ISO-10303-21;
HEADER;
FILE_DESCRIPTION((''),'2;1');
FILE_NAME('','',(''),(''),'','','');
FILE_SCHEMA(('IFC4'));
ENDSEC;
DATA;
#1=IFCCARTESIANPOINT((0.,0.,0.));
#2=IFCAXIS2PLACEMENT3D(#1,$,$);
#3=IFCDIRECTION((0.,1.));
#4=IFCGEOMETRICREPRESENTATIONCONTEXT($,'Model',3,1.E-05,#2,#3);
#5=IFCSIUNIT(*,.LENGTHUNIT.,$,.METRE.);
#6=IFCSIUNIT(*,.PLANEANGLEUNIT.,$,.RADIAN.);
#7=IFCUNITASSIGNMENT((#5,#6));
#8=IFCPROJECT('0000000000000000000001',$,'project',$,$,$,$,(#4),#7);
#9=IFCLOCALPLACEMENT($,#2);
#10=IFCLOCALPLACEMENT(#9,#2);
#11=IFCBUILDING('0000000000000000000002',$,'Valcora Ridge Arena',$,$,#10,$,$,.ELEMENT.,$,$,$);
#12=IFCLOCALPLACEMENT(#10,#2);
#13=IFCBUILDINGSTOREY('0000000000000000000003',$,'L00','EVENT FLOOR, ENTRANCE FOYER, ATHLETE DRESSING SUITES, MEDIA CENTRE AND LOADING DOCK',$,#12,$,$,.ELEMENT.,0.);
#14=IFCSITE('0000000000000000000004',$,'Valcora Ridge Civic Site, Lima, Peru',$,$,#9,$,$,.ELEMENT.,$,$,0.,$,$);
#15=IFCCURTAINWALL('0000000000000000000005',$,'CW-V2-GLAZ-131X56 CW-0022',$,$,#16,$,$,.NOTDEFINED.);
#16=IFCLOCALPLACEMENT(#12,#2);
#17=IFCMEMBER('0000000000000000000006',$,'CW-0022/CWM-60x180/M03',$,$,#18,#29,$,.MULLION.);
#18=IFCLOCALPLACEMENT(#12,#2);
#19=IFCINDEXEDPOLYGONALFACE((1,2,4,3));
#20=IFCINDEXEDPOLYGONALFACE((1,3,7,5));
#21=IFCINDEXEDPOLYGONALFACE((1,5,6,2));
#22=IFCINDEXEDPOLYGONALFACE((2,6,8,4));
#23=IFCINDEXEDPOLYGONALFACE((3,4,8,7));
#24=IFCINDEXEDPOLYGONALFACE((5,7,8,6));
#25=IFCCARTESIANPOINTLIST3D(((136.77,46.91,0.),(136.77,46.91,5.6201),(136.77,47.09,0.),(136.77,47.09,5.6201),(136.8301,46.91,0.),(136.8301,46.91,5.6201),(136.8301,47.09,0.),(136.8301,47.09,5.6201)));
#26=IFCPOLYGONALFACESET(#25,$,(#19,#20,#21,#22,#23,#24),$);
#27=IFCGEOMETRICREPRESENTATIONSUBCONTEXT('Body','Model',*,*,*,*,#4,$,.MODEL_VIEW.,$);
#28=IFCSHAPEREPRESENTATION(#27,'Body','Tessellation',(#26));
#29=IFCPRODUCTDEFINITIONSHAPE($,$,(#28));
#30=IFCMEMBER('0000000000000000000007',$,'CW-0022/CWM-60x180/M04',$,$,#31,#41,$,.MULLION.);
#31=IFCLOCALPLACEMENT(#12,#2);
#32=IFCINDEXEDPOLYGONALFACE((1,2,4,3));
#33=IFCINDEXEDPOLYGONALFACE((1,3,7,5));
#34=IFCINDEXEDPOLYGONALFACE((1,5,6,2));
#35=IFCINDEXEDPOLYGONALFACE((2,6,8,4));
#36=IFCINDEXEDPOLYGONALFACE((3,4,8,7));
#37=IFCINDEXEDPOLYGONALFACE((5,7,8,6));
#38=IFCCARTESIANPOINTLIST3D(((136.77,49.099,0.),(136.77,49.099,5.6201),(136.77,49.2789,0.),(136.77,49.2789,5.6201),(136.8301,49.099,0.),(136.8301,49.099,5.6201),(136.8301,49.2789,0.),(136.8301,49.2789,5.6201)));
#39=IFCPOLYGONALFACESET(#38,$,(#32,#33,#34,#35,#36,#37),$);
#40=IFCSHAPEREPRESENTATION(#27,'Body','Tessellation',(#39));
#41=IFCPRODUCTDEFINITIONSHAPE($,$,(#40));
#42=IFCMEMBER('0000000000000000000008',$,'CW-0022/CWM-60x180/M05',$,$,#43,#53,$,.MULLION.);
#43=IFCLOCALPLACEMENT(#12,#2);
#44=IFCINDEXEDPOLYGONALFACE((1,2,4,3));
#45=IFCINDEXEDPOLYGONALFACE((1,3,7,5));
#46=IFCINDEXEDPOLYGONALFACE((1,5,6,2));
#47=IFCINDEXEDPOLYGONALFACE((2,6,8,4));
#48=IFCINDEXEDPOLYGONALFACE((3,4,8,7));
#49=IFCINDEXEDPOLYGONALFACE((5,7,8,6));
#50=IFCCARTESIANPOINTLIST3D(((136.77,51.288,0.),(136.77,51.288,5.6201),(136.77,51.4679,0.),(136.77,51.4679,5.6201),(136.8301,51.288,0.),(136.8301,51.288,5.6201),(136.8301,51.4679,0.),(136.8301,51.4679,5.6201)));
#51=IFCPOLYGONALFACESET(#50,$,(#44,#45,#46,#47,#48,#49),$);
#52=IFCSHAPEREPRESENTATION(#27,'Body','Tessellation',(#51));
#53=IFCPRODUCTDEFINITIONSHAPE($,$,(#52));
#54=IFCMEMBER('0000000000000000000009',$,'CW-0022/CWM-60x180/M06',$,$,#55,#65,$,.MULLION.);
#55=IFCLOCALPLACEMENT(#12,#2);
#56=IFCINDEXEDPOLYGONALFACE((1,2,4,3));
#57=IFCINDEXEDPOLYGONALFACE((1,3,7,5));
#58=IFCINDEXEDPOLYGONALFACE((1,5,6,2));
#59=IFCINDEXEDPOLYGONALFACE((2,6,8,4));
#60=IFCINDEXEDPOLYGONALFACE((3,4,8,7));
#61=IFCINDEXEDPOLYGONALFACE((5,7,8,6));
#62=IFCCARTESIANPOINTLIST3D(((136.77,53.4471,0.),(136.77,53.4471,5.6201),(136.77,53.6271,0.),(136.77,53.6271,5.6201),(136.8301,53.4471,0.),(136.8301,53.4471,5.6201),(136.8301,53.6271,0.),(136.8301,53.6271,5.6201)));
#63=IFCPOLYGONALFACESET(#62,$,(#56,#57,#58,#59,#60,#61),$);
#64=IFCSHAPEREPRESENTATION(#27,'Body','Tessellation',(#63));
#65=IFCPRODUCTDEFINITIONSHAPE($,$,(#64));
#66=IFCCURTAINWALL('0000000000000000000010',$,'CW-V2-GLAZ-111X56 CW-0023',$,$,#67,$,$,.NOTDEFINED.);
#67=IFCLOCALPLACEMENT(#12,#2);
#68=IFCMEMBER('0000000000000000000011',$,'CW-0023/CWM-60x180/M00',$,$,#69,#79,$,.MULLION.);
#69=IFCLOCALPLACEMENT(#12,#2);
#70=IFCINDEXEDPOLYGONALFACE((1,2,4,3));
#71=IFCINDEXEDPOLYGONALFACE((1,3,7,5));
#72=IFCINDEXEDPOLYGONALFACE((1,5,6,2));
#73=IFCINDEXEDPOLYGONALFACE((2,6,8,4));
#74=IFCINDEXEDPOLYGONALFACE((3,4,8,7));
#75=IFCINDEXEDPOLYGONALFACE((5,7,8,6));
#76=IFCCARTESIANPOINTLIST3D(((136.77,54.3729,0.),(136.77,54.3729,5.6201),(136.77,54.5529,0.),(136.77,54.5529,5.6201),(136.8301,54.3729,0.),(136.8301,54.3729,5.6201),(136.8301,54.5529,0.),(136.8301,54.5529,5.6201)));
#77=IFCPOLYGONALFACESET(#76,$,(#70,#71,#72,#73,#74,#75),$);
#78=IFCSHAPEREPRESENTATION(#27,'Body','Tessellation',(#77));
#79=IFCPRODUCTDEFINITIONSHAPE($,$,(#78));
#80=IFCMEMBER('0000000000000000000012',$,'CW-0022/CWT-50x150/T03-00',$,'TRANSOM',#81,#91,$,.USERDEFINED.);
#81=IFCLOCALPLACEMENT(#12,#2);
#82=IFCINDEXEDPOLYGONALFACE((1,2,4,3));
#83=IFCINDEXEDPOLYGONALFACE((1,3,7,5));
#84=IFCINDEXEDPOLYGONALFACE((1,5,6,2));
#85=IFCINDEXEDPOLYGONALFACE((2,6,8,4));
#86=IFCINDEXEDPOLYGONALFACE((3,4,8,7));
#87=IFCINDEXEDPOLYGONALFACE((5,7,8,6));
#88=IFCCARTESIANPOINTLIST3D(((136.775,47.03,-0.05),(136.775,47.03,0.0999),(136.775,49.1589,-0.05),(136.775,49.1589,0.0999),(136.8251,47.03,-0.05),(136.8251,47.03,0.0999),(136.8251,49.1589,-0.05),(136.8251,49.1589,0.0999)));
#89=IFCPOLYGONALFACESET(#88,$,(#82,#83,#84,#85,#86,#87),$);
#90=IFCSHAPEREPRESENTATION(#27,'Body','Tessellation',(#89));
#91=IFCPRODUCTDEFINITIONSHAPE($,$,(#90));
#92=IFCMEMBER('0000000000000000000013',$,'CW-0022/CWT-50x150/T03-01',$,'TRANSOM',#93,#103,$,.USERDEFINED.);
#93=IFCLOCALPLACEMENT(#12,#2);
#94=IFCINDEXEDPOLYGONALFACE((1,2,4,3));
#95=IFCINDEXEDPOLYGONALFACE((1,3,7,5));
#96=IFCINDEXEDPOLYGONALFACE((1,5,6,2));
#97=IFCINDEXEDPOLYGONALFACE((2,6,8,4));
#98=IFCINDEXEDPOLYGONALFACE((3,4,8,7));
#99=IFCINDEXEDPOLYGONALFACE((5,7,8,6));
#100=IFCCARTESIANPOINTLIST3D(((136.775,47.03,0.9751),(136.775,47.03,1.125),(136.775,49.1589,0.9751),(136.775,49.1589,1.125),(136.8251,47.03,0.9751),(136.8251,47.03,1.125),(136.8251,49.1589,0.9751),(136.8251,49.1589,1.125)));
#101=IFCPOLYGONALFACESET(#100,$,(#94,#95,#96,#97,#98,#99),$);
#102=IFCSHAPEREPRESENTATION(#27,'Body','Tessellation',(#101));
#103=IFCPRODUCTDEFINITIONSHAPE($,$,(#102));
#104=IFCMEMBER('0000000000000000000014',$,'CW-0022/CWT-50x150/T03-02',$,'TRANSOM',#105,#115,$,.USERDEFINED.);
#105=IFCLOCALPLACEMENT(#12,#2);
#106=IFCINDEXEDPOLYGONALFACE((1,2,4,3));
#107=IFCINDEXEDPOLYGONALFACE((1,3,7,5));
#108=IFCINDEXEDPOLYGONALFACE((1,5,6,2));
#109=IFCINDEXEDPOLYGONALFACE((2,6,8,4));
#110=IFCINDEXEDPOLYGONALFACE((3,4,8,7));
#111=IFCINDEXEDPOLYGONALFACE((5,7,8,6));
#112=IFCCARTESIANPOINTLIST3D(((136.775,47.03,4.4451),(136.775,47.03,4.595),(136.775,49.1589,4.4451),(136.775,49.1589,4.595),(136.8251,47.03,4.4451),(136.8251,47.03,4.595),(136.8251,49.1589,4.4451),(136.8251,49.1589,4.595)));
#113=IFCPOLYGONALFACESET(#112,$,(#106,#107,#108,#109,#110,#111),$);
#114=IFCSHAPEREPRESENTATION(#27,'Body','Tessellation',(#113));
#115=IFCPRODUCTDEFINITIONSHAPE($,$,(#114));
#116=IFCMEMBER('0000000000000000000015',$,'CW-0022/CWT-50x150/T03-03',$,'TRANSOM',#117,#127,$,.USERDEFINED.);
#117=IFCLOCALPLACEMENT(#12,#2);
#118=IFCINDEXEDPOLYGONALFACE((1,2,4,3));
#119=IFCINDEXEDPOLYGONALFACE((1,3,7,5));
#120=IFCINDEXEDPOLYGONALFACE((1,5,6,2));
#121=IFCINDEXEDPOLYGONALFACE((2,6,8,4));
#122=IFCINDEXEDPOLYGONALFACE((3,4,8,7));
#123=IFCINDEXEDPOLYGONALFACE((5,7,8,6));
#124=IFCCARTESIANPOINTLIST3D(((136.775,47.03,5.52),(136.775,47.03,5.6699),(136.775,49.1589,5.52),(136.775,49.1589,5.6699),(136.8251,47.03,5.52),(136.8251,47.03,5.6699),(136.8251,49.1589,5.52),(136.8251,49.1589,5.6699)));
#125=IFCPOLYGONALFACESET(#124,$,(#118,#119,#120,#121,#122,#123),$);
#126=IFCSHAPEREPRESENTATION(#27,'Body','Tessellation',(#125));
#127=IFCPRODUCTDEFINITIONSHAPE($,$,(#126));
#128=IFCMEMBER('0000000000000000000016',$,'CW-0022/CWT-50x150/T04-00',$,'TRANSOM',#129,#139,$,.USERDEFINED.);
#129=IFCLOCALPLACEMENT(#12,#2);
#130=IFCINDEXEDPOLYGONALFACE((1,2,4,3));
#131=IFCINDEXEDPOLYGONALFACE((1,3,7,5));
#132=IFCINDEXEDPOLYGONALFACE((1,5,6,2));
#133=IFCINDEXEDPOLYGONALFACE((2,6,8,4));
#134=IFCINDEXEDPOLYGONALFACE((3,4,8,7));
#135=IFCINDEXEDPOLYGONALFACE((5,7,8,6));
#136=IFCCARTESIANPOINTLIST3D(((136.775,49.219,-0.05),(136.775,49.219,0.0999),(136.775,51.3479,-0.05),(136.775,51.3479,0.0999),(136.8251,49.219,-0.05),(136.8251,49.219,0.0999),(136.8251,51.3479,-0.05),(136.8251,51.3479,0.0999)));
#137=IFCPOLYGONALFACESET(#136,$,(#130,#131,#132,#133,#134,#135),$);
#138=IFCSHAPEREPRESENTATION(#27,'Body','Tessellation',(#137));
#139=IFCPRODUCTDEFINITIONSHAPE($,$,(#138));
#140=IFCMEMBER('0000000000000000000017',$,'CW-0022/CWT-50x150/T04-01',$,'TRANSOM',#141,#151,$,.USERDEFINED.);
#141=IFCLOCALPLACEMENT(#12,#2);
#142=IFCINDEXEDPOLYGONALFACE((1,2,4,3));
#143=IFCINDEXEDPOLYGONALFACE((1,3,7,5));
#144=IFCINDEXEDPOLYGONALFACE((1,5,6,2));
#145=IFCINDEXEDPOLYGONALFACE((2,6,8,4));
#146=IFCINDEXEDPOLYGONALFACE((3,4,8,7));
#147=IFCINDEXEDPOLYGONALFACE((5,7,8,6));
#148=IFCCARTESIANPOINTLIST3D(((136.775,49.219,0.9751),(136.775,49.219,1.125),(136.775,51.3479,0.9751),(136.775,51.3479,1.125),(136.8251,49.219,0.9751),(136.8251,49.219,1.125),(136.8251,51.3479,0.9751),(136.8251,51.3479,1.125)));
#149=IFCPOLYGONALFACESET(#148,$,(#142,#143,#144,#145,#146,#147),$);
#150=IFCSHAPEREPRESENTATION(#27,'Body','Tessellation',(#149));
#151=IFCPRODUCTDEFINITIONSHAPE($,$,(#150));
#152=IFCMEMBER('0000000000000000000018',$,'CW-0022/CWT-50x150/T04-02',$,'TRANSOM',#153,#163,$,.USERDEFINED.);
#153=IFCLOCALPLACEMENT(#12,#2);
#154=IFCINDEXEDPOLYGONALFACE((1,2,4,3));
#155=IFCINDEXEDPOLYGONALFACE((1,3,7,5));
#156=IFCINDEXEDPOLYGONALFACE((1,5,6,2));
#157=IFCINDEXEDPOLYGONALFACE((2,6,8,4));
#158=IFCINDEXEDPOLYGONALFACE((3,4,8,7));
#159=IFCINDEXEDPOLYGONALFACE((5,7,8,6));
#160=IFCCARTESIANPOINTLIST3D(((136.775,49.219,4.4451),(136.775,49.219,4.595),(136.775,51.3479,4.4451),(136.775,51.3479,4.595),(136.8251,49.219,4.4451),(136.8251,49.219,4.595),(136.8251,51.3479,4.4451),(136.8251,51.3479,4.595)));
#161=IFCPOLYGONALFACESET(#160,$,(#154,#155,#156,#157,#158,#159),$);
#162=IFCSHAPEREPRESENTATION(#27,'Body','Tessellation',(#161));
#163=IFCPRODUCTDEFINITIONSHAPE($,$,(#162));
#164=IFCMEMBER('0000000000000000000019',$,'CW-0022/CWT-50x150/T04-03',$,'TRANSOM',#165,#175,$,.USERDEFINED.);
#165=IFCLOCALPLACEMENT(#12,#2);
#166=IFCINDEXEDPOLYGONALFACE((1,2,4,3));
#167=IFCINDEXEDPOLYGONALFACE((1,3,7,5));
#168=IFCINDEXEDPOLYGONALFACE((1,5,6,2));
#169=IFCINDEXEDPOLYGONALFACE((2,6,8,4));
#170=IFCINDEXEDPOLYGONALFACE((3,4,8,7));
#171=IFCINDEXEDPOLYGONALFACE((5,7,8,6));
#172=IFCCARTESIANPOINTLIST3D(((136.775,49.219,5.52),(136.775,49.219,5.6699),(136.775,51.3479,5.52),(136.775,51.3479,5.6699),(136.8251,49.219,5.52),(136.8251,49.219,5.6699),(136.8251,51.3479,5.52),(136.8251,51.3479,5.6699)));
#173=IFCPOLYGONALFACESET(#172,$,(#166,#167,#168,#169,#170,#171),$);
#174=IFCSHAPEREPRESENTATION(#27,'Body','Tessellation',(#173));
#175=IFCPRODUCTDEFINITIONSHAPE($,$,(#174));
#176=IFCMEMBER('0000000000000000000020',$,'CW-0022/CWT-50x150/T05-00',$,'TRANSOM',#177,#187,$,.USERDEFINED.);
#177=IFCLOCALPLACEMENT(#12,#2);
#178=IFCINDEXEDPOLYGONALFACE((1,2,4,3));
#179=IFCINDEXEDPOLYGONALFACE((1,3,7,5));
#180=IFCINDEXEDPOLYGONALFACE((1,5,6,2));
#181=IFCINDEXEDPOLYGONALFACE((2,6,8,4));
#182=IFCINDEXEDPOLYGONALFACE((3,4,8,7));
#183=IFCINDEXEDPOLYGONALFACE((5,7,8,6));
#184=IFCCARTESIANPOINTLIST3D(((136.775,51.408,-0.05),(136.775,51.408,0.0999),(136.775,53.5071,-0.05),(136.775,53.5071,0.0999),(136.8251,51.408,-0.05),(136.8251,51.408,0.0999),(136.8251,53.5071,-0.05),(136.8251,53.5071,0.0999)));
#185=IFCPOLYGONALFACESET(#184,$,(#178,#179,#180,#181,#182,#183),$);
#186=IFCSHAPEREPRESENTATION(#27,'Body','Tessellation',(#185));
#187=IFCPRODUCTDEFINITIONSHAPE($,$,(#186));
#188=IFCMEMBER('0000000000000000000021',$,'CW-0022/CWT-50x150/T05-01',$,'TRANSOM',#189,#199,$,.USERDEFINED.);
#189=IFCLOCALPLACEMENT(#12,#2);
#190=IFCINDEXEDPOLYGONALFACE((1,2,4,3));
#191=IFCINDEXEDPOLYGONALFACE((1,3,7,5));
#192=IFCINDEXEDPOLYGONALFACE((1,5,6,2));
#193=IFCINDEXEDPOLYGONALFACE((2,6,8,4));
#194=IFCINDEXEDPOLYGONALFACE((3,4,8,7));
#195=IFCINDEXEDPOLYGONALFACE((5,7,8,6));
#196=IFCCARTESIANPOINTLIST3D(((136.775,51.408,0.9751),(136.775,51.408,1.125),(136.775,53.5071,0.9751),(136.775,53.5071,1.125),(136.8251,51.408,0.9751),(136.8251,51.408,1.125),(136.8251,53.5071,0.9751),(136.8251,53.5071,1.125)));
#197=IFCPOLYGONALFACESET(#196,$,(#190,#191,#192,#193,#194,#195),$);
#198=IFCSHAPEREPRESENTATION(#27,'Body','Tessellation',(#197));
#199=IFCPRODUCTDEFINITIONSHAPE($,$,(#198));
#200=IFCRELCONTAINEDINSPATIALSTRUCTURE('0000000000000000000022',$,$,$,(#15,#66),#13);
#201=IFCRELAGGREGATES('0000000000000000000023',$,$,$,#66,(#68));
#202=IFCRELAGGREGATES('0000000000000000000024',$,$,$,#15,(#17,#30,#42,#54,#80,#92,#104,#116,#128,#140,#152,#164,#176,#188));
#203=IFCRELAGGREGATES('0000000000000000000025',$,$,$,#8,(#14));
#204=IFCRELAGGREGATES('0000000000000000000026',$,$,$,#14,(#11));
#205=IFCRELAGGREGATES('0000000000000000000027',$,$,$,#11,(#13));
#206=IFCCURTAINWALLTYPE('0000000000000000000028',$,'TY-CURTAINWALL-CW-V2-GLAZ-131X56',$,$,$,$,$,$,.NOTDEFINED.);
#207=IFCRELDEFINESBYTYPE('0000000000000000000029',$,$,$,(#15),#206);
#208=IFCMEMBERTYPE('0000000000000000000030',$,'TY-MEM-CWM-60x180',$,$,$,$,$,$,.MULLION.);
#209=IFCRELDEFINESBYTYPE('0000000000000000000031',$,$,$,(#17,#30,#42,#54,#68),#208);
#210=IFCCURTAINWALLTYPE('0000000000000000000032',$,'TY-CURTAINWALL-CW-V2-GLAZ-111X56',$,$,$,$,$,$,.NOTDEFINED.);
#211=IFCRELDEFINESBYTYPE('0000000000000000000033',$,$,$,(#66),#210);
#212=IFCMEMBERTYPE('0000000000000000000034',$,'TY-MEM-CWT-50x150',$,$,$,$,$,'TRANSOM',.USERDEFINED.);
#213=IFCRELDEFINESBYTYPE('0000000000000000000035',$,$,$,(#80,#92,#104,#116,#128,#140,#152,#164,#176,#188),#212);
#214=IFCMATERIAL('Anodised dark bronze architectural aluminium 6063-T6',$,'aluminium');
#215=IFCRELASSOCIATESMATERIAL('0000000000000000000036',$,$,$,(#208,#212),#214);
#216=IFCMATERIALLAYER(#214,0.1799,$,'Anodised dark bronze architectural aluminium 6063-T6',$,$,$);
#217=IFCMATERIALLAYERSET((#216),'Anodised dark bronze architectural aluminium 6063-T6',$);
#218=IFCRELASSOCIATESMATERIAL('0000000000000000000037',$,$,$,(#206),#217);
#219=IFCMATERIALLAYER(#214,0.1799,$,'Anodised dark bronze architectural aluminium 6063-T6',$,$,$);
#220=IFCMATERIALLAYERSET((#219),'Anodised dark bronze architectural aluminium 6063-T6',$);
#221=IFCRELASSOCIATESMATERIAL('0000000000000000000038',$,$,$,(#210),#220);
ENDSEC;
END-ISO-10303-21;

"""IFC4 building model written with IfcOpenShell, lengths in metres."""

from ifc_helpers import new_model, si_unit, direction, frame, origin, origin_2d, place, context, subcontext, project, spatial, rectangle, extrude, material, layer, layer_set, material_profile, profile_set, type_object, element, aggregate, save


model = new_model("IFC4")

# Units and contexts
model_context = context("Model", 3, precision=1e-05, world=origin(), true_north=direction((0.0, 1.0)))
body_context = subcontext(model_context, "Body", "Model", "MODEL_VIEW")
ifc_project = project(units=[si_unit("LENGTHUNIT", "METRE"), si_unit("PLANEANGLEUNIT", "RADIAN")], contexts=[model_context])

# Site, building, storey
site_placement = place(None, origin())
site = spatial("IfcSite", under=ifc_project, at=site_placement, Name="Valcora Ridge Civic Site, Lima, Peru", CompositionType="ELEMENT", RefElevation=0.0)
building_placement = place(site_placement, origin())
building = spatial("IfcBuilding", under=site, at=building_placement, Name="Valcora Ridge Arena", CompositionType="ELEMENT")
storey_placement = place(building_placement, origin())
storey = spatial("IfcBuildingStorey", under=building, at=storey_placement, Name="L00", Description="EVENT FLOOR, ENTRANCE FOYER, ATHLETE DRESSING SUITES, MEDIA CENTRE AND LOADING DOCK", CompositionType="ELEMENT", Elevation=0.0)

# Shared definitions
ifc_material_1 = material(Name="Anodised dark bronze architectural aluminium 6063-T6", Category="aluminium")
ifc_material_profile_1 = material_profile(ifc_material_1, rectangle(XDim=0.0601, YDim=0.1799, at=origin_2d()), Name="ALU MULLION 60x180")
ifc_profile_set_1 = profile_set([ifc_material_profile_1], Name="Anodised dark bronze architectural aluminium 6063-T6")
member_type_1 = type_object("IfcMemberType", Name="TY-MEM-CWM-60x180", PredefinedType="MULLION", material=ifc_profile_set_1)

# Curtain wall, members
ifc_layer_1 = layer(ifc_material_1, 0.1799, Name="Anodised dark bronze architectural aluminium 6063-T6")
ifc_layer_set_1 = layer_set([ifc_layer_1], Name="Anodised dark bronze architectural aluminium 6063-T6")
curtain_wall_type_1 = type_object("IfcCurtainWallType", Name="TY-CURTAINWALL-CW-V2-GLAZ-131X56", PredefinedType="NOTDEFINED", material=ifc_layer_set_1)
curtain_wall_1_placement = place(storey_placement, origin())
curtain_wall_1 = element("IfcCurtainWall", 1, at=curtain_wall_1_placement, inside=storey, type_object=curtain_wall_type_1, Name="CW-V2-GLAZ-131X56 CW-0022", PredefinedType="NOTDEFINED")
member_1_placement = place(storey_placement, frame((136.8, 47.0, 0.0), z_axis=(0.0, 0.0, 1.0), x_axis=(-1.0, 0.0, 0.0)))
member_1 = element("IfcMember", 2, at=member_1_placement, type_object=member_type_1, Name="CW-0022/CWM-60x180/M03", PredefinedType="MULLION", context=body_context, shape_type="SweptSolid", body=[
    extrude(rectangle(XDim=0.0601, YDim=0.1799, at=origin_2d()), origin(), (0.0, 0.0, 1.0), 5.6201),
])
member_2_placement = place(storey_placement, frame((136.8, 49.189, 0.0), z_axis=(0.0, 0.0, 1.0), x_axis=(-1.0, 0.0, 0.0)))
member_2 = element("IfcMember", 3, at=member_2_placement, type_object=member_type_1, Name="CW-0022/CWM-60x180/M04", PredefinedType="MULLION", context=body_context, shape_type="SweptSolid", body=[
    extrude(rectangle(XDim=0.0601, YDim=0.1799, at=origin_2d()), origin(), (0.0, 0.0, 1.0), 5.6201),
])
member_3_placement = place(storey_placement, frame((136.8, 51.3779, 0.0), z_axis=(0.0, 0.0, 1.0), x_axis=(-1.0, 0.0, 0.0)))
member_3 = element("IfcMember", 4, at=member_3_placement, type_object=member_type_1, Name="CW-0022/CWM-60x180/M05", PredefinedType="MULLION", context=body_context, shape_type="SweptSolid", body=[
    extrude(rectangle(XDim=0.0601, YDim=0.1799, at=origin_2d()), origin(), (0.0, 0.0, 1.0), 5.6201),
])
member_4_placement = place(storey_placement, frame((136.8, 53.5371, 0.0), z_axis=(0.0, 0.0, 1.0), x_axis=(-1.0, 0.0, 0.0)))
member_4 = element("IfcMember", 5, at=member_4_placement, type_object=member_type_1, Name="CW-0022/CWM-60x180/M06", PredefinedType="MULLION", context=body_context, shape_type="SweptSolid", body=[
    extrude(rectangle(XDim=0.0601, YDim=0.1799, at=origin_2d()), origin(), (0.0, 0.0, 1.0), 5.6201),
])

# Curtain wall, member
ifc_layer_2 = layer(ifc_material_1, 0.1799, Name="Anodised dark bronze architectural aluminium 6063-T6")
ifc_layer_set_2 = layer_set([ifc_layer_2], Name="Anodised dark bronze architectural aluminium 6063-T6")
curtain_wall_type_2 = type_object("IfcCurtainWallType", Name="TY-CURTAINWALL-CW-V2-GLAZ-111X56", PredefinedType="NOTDEFINED", material=ifc_layer_set_2)
curtain_wall_2_placement = place(storey_placement, origin())
curtain_wall_2 = element("IfcCurtainWall", 6, at=curtain_wall_2_placement, inside=storey, type_object=curtain_wall_type_2, Name="CW-V2-GLAZ-111X56 CW-0023", PredefinedType="NOTDEFINED")
member_5_placement = place(storey_placement, frame((136.8, 54.4629, 0.0), z_axis=(0.0, 0.0, 1.0), x_axis=(-1.0, 0.0, 0.0)))
member_5 = element("IfcMember", 7, at=member_5_placement, type_object=member_type_1, Name="CW-0023/CWM-60x180/M00", PredefinedType="MULLION", context=body_context, shape_type="SweptSolid", body=[
    extrude(rectangle(XDim=0.0601, YDim=0.1799, at=origin_2d()), origin(), (0.0, 0.0, 1.0), 5.6201),
])
aggregate(curtain_wall_2, [member_5])

# Members
ifc_material_profile_2 = material_profile(ifc_material_1, rectangle(XDim=0.05, YDim=0.1499, at=origin_2d()), Name="ALU TRANSOM 50x150")
ifc_profile_set_2 = profile_set([ifc_material_profile_2], Name="Anodised dark bronze architectural aluminium 6063-T6")
member_type_2 = type_object("IfcMemberType", Name="TY-MEM-CWT-50x150", ElementType="TRANSOM", PredefinedType="USERDEFINED", material=ifc_profile_set_2)
member_6_placement = place(storey_placement, frame((136.8, 47.03, 0.0249), z_axis=(0.0, 1.0, 0.0), x_axis=(-1.0, 0.0, 0.0)))
member_6 = element("IfcMember", 8, at=member_6_placement, type_object=member_type_2, Name="CW-0022/CWT-50x150/T03-00", ObjectType="TRANSOM", PredefinedType="USERDEFINED", context=body_context, shape_type="SweptSolid", body=[
    extrude(rectangle(XDim=0.05, YDim=0.1499, at=origin_2d()), origin(), (0.0, 0.0, 1.0), 2.1289),
])
member_7_placement = place(storey_placement, frame((136.8, 47.03, 1.05), z_axis=(0.0, 1.0, 0.0), x_axis=(-1.0, 0.0, 0.0)))
member_7 = element("IfcMember", 9, at=member_7_placement, type_object=member_type_2, Name="CW-0022/CWT-50x150/T03-01", ObjectType="TRANSOM", PredefinedType="USERDEFINED", context=body_context, shape_type="SweptSolid", body=[
    extrude(rectangle(XDim=0.05, YDim=0.1499, at=origin_2d()), origin(), (0.0, 0.0, 1.0), 2.1289),
])
member_8_placement = place(storey_placement, frame((136.8, 47.03, 4.52), z_axis=(0.0, 1.0, 0.0), x_axis=(-1.0, 0.0, 0.0)))
member_8 = element("IfcMember", 10, at=member_8_placement, type_object=member_type_2, Name="CW-0022/CWT-50x150/T03-02", ObjectType="TRANSOM", PredefinedType="USERDEFINED", context=body_context, shape_type="SweptSolid", body=[
    extrude(rectangle(XDim=0.05, YDim=0.1499, at=origin_2d()), origin(), (0.0, 0.0, 1.0), 2.1289),
])
member_9_placement = place(storey_placement, frame((136.8, 47.03, 5.595), z_axis=(0.0, 1.0, 0.0), x_axis=(-1.0, 0.0, 0.0)))
member_9 = element("IfcMember", 11, at=member_9_placement, type_object=member_type_2, Name="CW-0022/CWT-50x150/T03-03", ObjectType="TRANSOM", PredefinedType="USERDEFINED", context=body_context, shape_type="SweptSolid", body=[
    extrude(rectangle(XDim=0.05, YDim=0.1499, at=origin_2d()), origin(), (0.0, 0.0, 1.0), 2.1289),
])
member_10_placement = place(storey_placement, frame((136.8, 49.219, 0.0249), z_axis=(0.0, 1.0, 0.0), x_axis=(-1.0, 0.0, 0.0)))
member_10 = element("IfcMember", 12, at=member_10_placement, type_object=member_type_2, Name="CW-0022/CWT-50x150/T04-00", ObjectType="TRANSOM", PredefinedType="USERDEFINED", context=body_context, shape_type="SweptSolid", body=[
    extrude(rectangle(XDim=0.05, YDim=0.1499, at=origin_2d()), origin(), (0.0, 0.0, 1.0), 2.1289),
])
member_11_placement = place(storey_placement, frame((136.8, 49.219, 1.05), z_axis=(0.0, 1.0, 0.0), x_axis=(-1.0, 0.0, 0.0)))
member_11 = element("IfcMember", 13, at=member_11_placement, type_object=member_type_2, Name="CW-0022/CWT-50x150/T04-01", ObjectType="TRANSOM", PredefinedType="USERDEFINED", context=body_context, shape_type="SweptSolid", body=[
    extrude(rectangle(XDim=0.05, YDim=0.1499, at=origin_2d()), origin(), (0.0, 0.0, 1.0), 2.1289),
])
member_12_placement = place(storey_placement, frame((136.8, 49.219, 4.52), z_axis=(0.0, 1.0, 0.0), x_axis=(-1.0, 0.0, 0.0)))
member_12 = element("IfcMember", 14, at=member_12_placement, type_object=member_type_2, Name="CW-0022/CWT-50x150/T04-02", ObjectType="TRANSOM", PredefinedType="USERDEFINED", context=body_context, shape_type="SweptSolid", body=[
    extrude(rectangle(XDim=0.05, YDim=0.1499, at=origin_2d()), origin(), (0.0, 0.0, 1.0), 2.1289),
])
member_13_placement = place(storey_placement, frame((136.8, 49.219, 5.595), z_axis=(0.0, 1.0, 0.0), x_axis=(-1.0, 0.0, 0.0)))
member_13 = element("IfcMember", 15, at=member_13_placement, type_object=member_type_2, Name="CW-0022/CWT-50x150/T04-03", ObjectType="TRANSOM", PredefinedType="USERDEFINED", context=body_context, shape_type="SweptSolid", body=[
    extrude(rectangle(XDim=0.05, YDim=0.1499, at=origin_2d()), origin(), (0.0, 0.0, 1.0), 2.1289),
])
member_14_placement = place(storey_placement, frame((136.8, 51.408, 0.0249), z_axis=(0.0, 1.0, 0.0), x_axis=(-1.0, 0.0, 0.0)))
member_14 = element("IfcMember", 16, at=member_14_placement, type_object=member_type_2, Name="CW-0022/CWT-50x150/T05-00", ObjectType="TRANSOM", PredefinedType="USERDEFINED", context=body_context, shape_type="SweptSolid", body=[
    extrude(rectangle(XDim=0.05, YDim=0.1499, at=origin_2d()), origin(), (0.0, 0.0, 1.0), 2.0991),
])
member_15_placement = place(storey_placement, frame((136.8, 51.408, 1.05), z_axis=(0.0, 1.0, 0.0), x_axis=(-1.0, 0.0, 0.0)))
member_15 = element("IfcMember", 17, at=member_15_placement, type_object=member_type_2, Name="CW-0022/CWT-50x150/T05-01", ObjectType="TRANSOM", PredefinedType="USERDEFINED", context=body_context, shape_type="SweptSolid", body=[
    extrude(rectangle(XDim=0.05, YDim=0.1499, at=origin_2d()), origin(), (0.0, 0.0, 1.0), 2.0991),
])

aggregate(curtain_wall_1, [member_1, member_2, member_3, member_4, member_6, member_7, member_8, member_9, member_10, member_11, member_12, member_13, member_14, member_15])

save(model, "model.ifc")
